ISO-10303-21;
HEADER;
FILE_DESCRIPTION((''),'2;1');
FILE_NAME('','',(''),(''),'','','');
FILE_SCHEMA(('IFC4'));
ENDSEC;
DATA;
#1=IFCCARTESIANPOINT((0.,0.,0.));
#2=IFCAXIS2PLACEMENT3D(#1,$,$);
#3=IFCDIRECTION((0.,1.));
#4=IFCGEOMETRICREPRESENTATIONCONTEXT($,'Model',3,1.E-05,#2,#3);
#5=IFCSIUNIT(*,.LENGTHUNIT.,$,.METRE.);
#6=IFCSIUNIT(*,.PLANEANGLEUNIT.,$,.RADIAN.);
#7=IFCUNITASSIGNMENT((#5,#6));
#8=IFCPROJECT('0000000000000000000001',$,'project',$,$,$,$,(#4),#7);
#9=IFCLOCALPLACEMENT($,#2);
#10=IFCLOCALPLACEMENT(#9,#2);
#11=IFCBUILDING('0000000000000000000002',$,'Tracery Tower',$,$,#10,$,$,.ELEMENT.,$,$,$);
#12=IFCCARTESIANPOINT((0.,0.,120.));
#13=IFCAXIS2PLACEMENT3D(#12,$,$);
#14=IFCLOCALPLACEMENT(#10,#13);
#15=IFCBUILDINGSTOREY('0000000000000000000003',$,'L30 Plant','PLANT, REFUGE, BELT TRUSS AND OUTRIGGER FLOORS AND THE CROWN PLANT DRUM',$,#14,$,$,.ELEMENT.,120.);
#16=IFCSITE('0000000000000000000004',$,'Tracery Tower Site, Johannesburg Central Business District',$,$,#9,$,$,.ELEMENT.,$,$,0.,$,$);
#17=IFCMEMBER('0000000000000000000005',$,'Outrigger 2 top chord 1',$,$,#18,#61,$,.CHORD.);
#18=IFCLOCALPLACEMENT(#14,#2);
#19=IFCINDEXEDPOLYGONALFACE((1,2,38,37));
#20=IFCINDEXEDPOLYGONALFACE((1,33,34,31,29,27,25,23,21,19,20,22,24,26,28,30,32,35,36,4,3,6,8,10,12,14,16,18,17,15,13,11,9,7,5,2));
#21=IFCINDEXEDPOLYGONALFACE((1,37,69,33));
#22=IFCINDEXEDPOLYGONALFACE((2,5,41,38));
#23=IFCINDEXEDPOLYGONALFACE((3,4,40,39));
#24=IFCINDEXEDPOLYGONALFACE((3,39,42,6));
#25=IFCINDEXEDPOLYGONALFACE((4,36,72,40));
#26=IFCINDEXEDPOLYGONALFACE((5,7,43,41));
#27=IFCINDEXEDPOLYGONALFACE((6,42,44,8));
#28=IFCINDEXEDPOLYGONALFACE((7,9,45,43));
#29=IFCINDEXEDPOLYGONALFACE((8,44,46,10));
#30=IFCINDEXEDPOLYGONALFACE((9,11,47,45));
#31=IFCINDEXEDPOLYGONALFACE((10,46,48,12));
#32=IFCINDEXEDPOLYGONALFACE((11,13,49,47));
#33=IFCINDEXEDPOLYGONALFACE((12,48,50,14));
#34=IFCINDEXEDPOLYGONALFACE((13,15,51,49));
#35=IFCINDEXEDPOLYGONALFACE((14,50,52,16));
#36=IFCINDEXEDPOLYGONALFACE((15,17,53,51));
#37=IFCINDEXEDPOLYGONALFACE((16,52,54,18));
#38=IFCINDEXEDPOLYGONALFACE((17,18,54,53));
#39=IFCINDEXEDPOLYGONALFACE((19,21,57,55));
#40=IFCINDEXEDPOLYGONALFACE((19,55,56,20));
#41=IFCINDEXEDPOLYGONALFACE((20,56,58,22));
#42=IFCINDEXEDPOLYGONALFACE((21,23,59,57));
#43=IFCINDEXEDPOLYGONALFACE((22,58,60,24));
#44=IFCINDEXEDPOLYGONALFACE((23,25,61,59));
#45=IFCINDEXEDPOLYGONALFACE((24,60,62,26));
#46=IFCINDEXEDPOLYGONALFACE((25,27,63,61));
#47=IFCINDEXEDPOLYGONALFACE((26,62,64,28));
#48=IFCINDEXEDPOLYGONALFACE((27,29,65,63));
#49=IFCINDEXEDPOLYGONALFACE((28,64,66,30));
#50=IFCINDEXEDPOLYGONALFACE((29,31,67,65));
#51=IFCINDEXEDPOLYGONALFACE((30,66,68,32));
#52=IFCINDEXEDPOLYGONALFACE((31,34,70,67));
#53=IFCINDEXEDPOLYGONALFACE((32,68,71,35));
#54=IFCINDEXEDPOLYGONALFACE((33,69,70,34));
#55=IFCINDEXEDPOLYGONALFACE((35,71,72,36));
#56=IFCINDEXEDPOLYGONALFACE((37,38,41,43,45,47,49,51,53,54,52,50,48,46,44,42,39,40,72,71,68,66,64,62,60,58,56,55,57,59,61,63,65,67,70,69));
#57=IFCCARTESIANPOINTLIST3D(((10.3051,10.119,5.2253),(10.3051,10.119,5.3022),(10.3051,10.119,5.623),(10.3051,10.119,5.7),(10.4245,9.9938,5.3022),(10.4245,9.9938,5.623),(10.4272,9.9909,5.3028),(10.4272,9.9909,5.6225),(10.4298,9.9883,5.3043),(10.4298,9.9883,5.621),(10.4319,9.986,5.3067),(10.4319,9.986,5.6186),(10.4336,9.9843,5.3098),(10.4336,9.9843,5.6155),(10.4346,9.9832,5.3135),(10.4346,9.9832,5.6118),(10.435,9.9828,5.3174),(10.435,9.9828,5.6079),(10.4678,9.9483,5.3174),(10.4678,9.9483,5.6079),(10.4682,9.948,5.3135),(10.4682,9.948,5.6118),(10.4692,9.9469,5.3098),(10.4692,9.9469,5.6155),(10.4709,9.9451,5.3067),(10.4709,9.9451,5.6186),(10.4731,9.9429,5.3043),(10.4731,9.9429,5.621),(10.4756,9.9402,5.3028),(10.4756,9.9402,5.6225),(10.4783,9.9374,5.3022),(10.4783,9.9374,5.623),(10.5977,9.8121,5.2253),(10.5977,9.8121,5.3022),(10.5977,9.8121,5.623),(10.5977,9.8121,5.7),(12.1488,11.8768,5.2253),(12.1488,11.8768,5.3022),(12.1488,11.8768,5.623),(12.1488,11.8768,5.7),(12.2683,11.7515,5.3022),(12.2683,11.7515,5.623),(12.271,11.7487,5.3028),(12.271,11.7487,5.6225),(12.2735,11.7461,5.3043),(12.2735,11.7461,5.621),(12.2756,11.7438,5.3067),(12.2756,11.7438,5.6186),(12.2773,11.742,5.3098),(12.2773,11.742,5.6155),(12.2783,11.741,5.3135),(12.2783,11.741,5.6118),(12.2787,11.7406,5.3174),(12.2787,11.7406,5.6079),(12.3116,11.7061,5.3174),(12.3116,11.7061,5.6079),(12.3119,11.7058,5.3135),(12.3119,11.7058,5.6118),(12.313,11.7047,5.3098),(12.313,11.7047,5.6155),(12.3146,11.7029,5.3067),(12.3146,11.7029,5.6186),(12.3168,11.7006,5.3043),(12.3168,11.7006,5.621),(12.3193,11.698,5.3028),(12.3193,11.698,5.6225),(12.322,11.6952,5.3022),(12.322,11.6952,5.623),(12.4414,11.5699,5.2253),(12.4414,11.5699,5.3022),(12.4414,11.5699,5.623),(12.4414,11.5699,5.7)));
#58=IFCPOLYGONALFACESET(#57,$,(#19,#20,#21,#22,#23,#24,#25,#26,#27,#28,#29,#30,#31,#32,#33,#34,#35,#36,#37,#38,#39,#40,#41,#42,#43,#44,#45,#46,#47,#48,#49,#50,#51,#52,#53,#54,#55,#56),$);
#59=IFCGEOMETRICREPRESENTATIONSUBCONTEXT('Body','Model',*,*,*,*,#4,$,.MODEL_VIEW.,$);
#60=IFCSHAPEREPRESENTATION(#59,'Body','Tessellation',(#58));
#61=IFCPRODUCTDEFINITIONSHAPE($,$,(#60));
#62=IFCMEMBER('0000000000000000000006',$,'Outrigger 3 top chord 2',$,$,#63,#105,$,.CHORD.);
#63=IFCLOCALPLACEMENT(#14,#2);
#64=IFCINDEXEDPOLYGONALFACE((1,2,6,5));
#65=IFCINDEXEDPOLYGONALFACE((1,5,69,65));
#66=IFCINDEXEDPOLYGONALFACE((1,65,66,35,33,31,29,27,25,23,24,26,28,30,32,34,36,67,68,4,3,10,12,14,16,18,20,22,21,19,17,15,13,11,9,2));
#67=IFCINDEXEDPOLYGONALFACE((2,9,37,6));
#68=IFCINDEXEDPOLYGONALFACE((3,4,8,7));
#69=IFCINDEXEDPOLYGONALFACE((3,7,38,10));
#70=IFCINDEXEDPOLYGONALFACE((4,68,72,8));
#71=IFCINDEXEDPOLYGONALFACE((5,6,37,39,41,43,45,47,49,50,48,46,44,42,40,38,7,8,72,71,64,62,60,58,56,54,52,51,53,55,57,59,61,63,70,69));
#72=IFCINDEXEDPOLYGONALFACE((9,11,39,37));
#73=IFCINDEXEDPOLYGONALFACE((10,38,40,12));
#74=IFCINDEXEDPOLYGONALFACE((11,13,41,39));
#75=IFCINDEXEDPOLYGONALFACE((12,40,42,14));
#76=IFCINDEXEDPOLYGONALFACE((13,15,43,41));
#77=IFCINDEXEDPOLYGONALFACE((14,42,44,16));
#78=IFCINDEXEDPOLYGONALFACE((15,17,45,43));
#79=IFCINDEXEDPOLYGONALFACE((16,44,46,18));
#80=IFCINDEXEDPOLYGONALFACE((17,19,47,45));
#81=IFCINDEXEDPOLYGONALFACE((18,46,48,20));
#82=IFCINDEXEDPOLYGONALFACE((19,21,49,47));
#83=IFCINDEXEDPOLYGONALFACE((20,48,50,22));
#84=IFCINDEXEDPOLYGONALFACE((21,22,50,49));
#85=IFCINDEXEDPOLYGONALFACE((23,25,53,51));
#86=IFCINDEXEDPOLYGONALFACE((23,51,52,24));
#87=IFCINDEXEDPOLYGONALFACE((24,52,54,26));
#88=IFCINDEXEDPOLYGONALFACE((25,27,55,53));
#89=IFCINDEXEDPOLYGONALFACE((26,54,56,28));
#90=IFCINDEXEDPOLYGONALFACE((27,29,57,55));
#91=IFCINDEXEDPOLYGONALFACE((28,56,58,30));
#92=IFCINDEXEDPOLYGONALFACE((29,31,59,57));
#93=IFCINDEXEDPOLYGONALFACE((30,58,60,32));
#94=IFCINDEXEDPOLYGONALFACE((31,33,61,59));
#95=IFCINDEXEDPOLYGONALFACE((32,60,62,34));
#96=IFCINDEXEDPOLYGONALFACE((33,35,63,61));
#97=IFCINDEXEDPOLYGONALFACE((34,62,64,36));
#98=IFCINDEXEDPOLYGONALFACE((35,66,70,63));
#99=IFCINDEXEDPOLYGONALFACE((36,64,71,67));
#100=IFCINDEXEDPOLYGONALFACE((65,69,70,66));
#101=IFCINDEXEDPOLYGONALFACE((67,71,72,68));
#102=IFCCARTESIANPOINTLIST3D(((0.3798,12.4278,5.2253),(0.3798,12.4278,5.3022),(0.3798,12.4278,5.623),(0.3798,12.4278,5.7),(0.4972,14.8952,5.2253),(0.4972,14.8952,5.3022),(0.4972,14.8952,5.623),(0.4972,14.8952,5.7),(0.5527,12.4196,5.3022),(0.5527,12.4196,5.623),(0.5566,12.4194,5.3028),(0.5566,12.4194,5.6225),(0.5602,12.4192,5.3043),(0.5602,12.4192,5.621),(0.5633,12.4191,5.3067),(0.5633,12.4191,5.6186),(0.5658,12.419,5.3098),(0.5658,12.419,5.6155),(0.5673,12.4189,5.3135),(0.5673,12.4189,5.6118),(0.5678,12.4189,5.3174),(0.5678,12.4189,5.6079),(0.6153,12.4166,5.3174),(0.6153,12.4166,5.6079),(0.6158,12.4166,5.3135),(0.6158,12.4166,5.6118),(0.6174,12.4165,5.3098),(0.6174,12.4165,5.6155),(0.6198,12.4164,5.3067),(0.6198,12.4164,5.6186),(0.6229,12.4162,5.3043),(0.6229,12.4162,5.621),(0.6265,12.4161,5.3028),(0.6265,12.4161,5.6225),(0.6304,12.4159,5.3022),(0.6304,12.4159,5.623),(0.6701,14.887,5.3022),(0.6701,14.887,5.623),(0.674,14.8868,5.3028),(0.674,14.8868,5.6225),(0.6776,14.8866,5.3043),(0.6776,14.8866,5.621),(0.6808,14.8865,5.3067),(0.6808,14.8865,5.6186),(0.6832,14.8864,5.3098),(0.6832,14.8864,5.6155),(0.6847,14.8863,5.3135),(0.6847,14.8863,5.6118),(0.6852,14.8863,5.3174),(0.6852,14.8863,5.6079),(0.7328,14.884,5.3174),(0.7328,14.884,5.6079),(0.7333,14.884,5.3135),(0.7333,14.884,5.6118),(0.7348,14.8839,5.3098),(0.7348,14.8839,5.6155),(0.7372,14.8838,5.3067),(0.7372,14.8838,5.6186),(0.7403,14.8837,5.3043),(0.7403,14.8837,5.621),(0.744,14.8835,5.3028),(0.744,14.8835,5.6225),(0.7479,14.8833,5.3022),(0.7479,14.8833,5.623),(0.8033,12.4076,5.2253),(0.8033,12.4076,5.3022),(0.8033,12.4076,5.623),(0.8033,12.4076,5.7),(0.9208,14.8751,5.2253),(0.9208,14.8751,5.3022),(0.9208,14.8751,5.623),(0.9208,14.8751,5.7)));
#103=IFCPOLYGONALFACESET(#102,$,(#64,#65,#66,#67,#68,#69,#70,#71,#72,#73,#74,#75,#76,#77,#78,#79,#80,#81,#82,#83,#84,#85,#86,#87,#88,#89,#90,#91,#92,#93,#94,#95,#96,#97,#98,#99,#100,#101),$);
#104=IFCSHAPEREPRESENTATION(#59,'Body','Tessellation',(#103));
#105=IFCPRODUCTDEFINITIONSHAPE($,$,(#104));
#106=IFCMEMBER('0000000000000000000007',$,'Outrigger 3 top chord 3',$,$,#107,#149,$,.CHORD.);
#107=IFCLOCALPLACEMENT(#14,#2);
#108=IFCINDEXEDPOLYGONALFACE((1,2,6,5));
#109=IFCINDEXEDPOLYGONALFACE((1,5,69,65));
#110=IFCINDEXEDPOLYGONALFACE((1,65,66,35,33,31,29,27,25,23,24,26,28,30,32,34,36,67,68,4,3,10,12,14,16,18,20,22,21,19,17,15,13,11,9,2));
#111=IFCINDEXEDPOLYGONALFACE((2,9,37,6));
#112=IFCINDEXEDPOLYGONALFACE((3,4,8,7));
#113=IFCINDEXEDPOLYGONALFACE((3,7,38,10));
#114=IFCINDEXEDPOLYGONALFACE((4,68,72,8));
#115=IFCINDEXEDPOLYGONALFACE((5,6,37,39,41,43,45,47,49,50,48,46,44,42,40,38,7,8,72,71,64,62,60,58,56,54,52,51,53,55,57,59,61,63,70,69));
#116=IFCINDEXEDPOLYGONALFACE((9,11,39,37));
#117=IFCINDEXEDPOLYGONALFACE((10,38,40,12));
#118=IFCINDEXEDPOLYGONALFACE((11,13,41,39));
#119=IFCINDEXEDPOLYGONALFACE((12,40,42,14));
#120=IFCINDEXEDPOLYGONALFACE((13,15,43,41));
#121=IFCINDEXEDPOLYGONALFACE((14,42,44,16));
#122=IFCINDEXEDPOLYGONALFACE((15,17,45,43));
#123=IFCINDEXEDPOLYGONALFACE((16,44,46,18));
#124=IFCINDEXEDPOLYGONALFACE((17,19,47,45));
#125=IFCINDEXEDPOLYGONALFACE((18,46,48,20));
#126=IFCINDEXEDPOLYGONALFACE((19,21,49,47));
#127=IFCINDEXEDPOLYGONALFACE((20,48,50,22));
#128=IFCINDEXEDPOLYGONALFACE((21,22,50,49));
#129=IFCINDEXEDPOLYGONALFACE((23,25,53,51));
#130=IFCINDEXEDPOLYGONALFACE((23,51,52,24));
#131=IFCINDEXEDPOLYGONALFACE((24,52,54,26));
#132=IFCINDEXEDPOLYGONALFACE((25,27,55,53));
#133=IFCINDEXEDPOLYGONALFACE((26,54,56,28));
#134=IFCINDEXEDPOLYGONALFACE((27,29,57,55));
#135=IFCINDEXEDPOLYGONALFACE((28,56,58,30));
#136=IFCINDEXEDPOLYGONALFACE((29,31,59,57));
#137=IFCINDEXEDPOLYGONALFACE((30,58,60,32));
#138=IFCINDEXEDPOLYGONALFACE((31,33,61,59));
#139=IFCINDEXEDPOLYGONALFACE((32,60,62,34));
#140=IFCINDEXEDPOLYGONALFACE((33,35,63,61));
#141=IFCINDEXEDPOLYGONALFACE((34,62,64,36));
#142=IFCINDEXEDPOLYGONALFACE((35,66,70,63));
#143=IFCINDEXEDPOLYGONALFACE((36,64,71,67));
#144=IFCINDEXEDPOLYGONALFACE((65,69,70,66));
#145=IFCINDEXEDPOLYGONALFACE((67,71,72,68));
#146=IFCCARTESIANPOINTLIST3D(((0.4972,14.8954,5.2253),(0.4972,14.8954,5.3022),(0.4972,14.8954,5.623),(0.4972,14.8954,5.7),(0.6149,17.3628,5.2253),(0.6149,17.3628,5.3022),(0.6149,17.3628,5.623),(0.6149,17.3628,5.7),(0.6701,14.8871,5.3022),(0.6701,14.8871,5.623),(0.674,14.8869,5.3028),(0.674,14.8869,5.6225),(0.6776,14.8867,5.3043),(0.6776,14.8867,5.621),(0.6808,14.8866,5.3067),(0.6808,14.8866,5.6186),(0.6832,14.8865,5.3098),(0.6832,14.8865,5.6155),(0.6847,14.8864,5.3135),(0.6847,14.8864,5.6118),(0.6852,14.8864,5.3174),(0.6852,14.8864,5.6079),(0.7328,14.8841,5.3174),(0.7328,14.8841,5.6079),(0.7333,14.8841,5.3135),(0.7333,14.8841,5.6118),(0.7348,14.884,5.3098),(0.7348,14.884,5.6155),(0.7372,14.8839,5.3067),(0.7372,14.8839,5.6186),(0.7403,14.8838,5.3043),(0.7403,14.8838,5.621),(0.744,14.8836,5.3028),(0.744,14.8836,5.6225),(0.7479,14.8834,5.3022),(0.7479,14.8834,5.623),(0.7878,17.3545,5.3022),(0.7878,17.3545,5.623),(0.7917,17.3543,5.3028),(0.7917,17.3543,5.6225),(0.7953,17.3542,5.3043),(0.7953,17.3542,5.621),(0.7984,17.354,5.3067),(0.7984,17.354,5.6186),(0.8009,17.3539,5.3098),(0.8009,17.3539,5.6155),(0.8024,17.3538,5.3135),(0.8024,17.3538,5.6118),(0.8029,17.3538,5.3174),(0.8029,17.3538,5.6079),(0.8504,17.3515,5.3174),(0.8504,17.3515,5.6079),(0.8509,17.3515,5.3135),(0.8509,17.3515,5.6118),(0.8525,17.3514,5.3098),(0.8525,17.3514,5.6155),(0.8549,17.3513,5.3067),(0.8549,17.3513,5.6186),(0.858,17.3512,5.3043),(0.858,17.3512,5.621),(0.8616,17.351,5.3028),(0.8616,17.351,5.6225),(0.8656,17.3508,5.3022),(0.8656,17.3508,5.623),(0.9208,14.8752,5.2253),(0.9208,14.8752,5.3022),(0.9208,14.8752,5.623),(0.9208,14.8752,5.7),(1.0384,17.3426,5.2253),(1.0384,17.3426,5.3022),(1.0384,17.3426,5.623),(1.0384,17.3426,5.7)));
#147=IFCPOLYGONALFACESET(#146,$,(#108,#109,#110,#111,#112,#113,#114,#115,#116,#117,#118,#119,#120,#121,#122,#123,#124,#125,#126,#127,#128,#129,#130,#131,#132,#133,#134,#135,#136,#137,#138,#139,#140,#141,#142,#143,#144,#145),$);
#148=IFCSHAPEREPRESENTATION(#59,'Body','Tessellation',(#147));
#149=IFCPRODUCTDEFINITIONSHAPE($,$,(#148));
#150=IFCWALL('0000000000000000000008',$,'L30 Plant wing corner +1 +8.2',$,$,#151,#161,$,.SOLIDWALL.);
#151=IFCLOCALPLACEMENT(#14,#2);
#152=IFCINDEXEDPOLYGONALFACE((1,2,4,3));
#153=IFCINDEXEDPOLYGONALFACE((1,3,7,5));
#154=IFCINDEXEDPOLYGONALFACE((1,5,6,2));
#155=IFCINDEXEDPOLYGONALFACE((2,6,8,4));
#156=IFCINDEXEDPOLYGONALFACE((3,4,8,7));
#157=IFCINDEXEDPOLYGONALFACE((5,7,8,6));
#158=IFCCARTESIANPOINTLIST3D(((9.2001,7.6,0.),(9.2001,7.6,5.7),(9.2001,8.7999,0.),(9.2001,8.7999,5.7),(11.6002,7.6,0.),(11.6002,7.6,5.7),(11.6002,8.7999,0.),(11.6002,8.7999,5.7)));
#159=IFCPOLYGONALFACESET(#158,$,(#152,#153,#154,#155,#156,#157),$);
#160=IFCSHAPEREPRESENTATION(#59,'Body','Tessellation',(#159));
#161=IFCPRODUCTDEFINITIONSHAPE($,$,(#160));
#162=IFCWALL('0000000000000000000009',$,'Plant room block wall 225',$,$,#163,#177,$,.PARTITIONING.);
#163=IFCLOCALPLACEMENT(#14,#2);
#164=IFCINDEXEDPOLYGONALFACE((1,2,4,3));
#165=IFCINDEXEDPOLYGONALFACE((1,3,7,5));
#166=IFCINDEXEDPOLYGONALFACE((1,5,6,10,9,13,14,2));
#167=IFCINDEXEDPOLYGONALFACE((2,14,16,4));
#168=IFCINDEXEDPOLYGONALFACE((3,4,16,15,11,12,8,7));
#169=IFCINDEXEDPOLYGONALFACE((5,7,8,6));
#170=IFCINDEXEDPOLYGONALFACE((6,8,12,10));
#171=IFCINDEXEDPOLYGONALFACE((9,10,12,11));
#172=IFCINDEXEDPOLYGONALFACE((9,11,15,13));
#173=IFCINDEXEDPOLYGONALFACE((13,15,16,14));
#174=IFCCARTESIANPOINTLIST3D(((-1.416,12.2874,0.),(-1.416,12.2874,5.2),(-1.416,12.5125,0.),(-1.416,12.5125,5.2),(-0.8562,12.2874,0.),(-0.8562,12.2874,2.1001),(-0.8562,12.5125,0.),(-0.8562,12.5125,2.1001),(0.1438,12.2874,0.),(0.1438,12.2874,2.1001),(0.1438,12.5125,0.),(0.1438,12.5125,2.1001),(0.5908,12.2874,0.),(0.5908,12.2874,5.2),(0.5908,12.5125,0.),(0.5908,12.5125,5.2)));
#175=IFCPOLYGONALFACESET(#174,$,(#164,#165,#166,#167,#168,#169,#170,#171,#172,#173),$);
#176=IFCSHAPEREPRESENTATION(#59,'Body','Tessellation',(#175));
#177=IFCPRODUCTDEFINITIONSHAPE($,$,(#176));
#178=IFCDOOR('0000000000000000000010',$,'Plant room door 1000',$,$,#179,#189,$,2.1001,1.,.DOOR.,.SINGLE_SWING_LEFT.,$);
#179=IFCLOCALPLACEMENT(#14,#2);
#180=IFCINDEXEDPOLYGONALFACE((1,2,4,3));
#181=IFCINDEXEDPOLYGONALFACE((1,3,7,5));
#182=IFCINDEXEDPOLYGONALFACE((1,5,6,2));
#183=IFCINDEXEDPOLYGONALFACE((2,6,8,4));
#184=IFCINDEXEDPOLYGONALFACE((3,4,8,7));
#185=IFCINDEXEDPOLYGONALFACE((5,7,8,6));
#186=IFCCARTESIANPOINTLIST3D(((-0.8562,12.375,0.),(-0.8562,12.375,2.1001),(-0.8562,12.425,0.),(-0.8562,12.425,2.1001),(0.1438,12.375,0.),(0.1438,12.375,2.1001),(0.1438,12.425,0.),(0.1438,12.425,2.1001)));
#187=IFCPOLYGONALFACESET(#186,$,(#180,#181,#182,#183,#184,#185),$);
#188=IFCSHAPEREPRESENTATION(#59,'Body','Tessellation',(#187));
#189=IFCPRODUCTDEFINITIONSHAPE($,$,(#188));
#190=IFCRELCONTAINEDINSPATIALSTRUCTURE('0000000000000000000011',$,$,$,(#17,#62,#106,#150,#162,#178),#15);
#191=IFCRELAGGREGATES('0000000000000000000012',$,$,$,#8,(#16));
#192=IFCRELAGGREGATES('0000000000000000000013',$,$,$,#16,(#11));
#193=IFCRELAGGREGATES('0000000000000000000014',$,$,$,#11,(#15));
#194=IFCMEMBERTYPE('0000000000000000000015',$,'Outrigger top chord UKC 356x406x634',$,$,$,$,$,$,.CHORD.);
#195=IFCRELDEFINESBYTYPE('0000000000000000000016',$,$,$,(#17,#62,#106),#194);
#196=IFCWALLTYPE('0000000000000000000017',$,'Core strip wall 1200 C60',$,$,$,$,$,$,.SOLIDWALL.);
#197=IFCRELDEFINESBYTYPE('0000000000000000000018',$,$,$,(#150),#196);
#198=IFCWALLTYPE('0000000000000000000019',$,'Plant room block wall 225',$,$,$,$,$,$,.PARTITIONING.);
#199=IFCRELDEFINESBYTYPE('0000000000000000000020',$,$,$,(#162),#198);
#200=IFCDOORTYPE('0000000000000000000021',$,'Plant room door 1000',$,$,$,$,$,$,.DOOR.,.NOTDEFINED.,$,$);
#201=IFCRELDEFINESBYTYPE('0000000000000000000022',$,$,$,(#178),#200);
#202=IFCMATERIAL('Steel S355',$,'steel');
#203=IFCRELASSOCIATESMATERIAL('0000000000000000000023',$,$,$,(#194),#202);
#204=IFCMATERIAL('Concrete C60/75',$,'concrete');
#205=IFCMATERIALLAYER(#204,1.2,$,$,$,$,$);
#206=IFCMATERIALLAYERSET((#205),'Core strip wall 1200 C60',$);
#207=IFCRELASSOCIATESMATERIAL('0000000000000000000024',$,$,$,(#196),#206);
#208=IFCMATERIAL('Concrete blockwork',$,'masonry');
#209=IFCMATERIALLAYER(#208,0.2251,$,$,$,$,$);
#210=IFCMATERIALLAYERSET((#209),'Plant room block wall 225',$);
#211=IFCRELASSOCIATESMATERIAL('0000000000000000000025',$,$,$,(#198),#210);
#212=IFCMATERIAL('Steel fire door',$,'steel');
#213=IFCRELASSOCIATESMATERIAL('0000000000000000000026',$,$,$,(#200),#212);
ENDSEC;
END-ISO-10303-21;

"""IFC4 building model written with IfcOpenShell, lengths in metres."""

from ifc_helpers import new_model, si_unit, direction, frame, frame_2d, origin, origin_2d, place, context, subcontext, project, spatial, rectangle, i_section, extrude, material, layer, layer_set, material_profile, profile_set, type_object, element, fill, save


model = new_model("IFC4")

# Units and contexts
model_context = context("Model", 3, precision=1e-05, world=origin(), true_north=direction((0.0, 1.0)))
body_context = subcontext(model_context, "Body", "Model", "MODEL_VIEW")
ifc_project = project(units=[si_unit("LENGTHUNIT", "METRE"), si_unit("PLANEANGLEUNIT", "RADIAN")], contexts=[model_context])

# Site, building, storey
site_placement = place(None, origin())
site = spatial("IfcSite", under=ifc_project, at=site_placement, Name="Tracery Tower Site, Johannesburg Central Business District", CompositionType="ELEMENT", RefElevation=0.0)
building_placement = place(site_placement, origin())
building = spatial("IfcBuilding", under=site, at=building_placement, Name="Tracery Tower", CompositionType="ELEMENT")
storey_placement = place(building_placement, frame((0.0, 0.0, 120.0)))
storey = spatial("IfcBuildingStorey", under=building, at=storey_placement, Name="L30 Plant", Description="PLANT, REFUGE, BELT TRUSS AND OUTRIGGER FLOORS AND THE CROWN PLANT DRUM", CompositionType="ELEMENT", Elevation=120.0)

# Members
ifc_material_1 = material(Name="Steel S355", Category="steel")
ifc_material_profile_1 = material_profile(ifc_material_1, i_section(OverallWidth=0.4241, OverallDepth=0.4746, WebThickness=0.0476, FlangeThickness=0.0769, FilletRadius=0.0151, at=origin_2d()), Name="UKC 356x406x634")
ifc_profile_set_1 = profile_set([ifc_material_profile_1], Name="Steel S355")
member_type_1 = type_object("IfcMemberType", Name="Outrigger top chord UKC 356x406x634", PredefinedType="CHORD", material=ifc_profile_set_1)
member_1_placement = place(storey_placement, frame((10.4514, 9.9656, 5.4626), z_axis=(0.723773, 0.690038, 0.0), x_axis=(-0.690038, 0.723773, 0.0)))
element("IfcMember", 1, at=member_1_placement, inside=storey, type_object=member_type_1, Name="Outrigger 2 top chord 1", PredefinedType="CHORD", context=body_context, shape_type="SweptSolid", body=[
    extrude(i_section(OverallWidth=0.4241, OverallDepth=0.4746, WebThickness=0.0476, FlangeThickness=0.0769, FilletRadius=0.0151, at=origin_2d()), origin(), (0.0, 0.0, 1.0), 2.5474),
])
for number, where, z_axis, x_axis, name in (
    (2, (0.5916, 12.4177, 5.4626), (0.047537, 0.998869, 0.0), (-0.998869, 0.047537, 0.0), "Outrigger 3 top chord 2"),
    (3, (0.709, 14.8853, 5.4626), (0.047636, 0.998865, 0.0), (-0.998865, 0.047636, 0.0), "Outrigger 3 top chord 3"),
):
    element("IfcMember", number, at=place(storey_placement, frame(where, z_axis=z_axis, x_axis=x_axis)), inside=storey, type_object=member_type_1, Name=name, PredefinedType="CHORD", context=body_context, shape_type="SweptSolid", body=[
        extrude(i_section(OverallWidth=0.4241, OverallDepth=0.4746, WebThickness=0.0476, FlangeThickness=0.0769, FilletRadius=0.0151, at=origin_2d()), origin(), (0.0, 0.0, 1.0), 2.4702),
    ])

# Wall
ifc_material_2 = material(Name="Concrete C60/75", Category="concrete")
ifc_layer_1 = layer(ifc_material_2, 1.2)
ifc_layer_set_1 = layer_set([ifc_layer_1], Name="Core strip wall 1200 C60")
wall_type_1 = type_object("IfcWallType", Name="Core strip wall 1200 C60", PredefinedType="SOLIDWALL", material=ifc_layer_set_1)
wall_1_placement = place(storey_placement, frame((9.2, 8.2, 0.0), z_axis=(0.0, 0.0, 1.0), x_axis=(1.0, 0.0, 0.0)))
element("IfcWall", 4, at=wall_1_placement, inside=storey, type_object=wall_type_1, Name="L30 Plant wing corner +1 +8.2", PredefinedType="SOLIDWALL", context=body_context, shape_type="SweptSolid", body=[
    extrude(rectangle(XDim=2.4001, YDim=1.2, at=frame_2d((1.2002, 0.0))), origin(), (0.0, 0.0, 1.0), 5.7),
])

# Wall, opening, door
ifc_material_3 = material(Name="Concrete blockwork", Category="masonry")
ifc_layer_2 = layer(ifc_material_3, 0.2251)
ifc_layer_set_2 = layer_set([ifc_layer_2], Name="Plant room block wall 225")
wall_type_2 = type_object("IfcWallType", Name="Plant room block wall 225", PredefinedType="PARTITIONING", material=ifc_layer_set_2)
wall_2_placement = place(storey_placement, frame((0.5908, 12.3999, 0.0), z_axis=(0.0, 0.0, 1.0), x_axis=(-1.0, 0.0, 0.0)))
wall_2 = element("IfcWall", 5, at=wall_2_placement, inside=storey, type_object=wall_type_2, Name="Plant room block wall 225", PredefinedType="PARTITIONING", context=body_context, shape_type="SweptSolid", body=[
    extrude(rectangle(XDim=2.0068, YDim=0.2251, at=frame_2d((1.0034, 0.0))), origin(), (0.0, 0.0, 1.0), 5.2),
])
opening_placement = place(wall_2_placement, frame((0.447, 0.0, 0.0)))
opening = element("IfcOpeningElement", 6, at=opening_placement, cuts=wall_2, PredefinedType="OPENING", context=body_context, shape_type="SweptSolid", body=[
    extrude(rectangle(XDim=1.0, YDim=2.1001, at=frame_2d((0.5, 1.05))), frame((0.0, 0.1125, 0.0), z_axis=(0.0, -1.0, 0.0), x_axis=(1.0, 0.0, 0.0)), (0.0, 0.0, 1.0), 0.2251),
])
ifc_material_4 = material(Name="Steel fire door", Category="steel")
door_type = type_object("IfcDoorType", Name="Plant room door 1000", OperationType="NOTDEFINED", PredefinedType="DOOR", material=ifc_material_4)
door_placement = place(opening_placement, origin())
door = element("IfcDoor", 7, at=door_placement, inside=storey, type_object=door_type, Name="Plant room door 1000", OperationType="SINGLE_SWING_LEFT", OverallHeight=2.1001, OverallWidth=1.0, PredefinedType="DOOR", context=body_context, shape_type="SweptSolid", body=[
    extrude(rectangle(XDim=1.0, YDim=2.1001, at=frame_2d((0.5, 1.05))), frame((0.0, 0.0249, 0.0), z_axis=(0.0, -1.0, 0.0), x_axis=(1.0, 0.0, 0.0)), (0.0, 0.0, 1.0), 0.05),
])
fill(opening, door)

save(model, "model.ifc")
